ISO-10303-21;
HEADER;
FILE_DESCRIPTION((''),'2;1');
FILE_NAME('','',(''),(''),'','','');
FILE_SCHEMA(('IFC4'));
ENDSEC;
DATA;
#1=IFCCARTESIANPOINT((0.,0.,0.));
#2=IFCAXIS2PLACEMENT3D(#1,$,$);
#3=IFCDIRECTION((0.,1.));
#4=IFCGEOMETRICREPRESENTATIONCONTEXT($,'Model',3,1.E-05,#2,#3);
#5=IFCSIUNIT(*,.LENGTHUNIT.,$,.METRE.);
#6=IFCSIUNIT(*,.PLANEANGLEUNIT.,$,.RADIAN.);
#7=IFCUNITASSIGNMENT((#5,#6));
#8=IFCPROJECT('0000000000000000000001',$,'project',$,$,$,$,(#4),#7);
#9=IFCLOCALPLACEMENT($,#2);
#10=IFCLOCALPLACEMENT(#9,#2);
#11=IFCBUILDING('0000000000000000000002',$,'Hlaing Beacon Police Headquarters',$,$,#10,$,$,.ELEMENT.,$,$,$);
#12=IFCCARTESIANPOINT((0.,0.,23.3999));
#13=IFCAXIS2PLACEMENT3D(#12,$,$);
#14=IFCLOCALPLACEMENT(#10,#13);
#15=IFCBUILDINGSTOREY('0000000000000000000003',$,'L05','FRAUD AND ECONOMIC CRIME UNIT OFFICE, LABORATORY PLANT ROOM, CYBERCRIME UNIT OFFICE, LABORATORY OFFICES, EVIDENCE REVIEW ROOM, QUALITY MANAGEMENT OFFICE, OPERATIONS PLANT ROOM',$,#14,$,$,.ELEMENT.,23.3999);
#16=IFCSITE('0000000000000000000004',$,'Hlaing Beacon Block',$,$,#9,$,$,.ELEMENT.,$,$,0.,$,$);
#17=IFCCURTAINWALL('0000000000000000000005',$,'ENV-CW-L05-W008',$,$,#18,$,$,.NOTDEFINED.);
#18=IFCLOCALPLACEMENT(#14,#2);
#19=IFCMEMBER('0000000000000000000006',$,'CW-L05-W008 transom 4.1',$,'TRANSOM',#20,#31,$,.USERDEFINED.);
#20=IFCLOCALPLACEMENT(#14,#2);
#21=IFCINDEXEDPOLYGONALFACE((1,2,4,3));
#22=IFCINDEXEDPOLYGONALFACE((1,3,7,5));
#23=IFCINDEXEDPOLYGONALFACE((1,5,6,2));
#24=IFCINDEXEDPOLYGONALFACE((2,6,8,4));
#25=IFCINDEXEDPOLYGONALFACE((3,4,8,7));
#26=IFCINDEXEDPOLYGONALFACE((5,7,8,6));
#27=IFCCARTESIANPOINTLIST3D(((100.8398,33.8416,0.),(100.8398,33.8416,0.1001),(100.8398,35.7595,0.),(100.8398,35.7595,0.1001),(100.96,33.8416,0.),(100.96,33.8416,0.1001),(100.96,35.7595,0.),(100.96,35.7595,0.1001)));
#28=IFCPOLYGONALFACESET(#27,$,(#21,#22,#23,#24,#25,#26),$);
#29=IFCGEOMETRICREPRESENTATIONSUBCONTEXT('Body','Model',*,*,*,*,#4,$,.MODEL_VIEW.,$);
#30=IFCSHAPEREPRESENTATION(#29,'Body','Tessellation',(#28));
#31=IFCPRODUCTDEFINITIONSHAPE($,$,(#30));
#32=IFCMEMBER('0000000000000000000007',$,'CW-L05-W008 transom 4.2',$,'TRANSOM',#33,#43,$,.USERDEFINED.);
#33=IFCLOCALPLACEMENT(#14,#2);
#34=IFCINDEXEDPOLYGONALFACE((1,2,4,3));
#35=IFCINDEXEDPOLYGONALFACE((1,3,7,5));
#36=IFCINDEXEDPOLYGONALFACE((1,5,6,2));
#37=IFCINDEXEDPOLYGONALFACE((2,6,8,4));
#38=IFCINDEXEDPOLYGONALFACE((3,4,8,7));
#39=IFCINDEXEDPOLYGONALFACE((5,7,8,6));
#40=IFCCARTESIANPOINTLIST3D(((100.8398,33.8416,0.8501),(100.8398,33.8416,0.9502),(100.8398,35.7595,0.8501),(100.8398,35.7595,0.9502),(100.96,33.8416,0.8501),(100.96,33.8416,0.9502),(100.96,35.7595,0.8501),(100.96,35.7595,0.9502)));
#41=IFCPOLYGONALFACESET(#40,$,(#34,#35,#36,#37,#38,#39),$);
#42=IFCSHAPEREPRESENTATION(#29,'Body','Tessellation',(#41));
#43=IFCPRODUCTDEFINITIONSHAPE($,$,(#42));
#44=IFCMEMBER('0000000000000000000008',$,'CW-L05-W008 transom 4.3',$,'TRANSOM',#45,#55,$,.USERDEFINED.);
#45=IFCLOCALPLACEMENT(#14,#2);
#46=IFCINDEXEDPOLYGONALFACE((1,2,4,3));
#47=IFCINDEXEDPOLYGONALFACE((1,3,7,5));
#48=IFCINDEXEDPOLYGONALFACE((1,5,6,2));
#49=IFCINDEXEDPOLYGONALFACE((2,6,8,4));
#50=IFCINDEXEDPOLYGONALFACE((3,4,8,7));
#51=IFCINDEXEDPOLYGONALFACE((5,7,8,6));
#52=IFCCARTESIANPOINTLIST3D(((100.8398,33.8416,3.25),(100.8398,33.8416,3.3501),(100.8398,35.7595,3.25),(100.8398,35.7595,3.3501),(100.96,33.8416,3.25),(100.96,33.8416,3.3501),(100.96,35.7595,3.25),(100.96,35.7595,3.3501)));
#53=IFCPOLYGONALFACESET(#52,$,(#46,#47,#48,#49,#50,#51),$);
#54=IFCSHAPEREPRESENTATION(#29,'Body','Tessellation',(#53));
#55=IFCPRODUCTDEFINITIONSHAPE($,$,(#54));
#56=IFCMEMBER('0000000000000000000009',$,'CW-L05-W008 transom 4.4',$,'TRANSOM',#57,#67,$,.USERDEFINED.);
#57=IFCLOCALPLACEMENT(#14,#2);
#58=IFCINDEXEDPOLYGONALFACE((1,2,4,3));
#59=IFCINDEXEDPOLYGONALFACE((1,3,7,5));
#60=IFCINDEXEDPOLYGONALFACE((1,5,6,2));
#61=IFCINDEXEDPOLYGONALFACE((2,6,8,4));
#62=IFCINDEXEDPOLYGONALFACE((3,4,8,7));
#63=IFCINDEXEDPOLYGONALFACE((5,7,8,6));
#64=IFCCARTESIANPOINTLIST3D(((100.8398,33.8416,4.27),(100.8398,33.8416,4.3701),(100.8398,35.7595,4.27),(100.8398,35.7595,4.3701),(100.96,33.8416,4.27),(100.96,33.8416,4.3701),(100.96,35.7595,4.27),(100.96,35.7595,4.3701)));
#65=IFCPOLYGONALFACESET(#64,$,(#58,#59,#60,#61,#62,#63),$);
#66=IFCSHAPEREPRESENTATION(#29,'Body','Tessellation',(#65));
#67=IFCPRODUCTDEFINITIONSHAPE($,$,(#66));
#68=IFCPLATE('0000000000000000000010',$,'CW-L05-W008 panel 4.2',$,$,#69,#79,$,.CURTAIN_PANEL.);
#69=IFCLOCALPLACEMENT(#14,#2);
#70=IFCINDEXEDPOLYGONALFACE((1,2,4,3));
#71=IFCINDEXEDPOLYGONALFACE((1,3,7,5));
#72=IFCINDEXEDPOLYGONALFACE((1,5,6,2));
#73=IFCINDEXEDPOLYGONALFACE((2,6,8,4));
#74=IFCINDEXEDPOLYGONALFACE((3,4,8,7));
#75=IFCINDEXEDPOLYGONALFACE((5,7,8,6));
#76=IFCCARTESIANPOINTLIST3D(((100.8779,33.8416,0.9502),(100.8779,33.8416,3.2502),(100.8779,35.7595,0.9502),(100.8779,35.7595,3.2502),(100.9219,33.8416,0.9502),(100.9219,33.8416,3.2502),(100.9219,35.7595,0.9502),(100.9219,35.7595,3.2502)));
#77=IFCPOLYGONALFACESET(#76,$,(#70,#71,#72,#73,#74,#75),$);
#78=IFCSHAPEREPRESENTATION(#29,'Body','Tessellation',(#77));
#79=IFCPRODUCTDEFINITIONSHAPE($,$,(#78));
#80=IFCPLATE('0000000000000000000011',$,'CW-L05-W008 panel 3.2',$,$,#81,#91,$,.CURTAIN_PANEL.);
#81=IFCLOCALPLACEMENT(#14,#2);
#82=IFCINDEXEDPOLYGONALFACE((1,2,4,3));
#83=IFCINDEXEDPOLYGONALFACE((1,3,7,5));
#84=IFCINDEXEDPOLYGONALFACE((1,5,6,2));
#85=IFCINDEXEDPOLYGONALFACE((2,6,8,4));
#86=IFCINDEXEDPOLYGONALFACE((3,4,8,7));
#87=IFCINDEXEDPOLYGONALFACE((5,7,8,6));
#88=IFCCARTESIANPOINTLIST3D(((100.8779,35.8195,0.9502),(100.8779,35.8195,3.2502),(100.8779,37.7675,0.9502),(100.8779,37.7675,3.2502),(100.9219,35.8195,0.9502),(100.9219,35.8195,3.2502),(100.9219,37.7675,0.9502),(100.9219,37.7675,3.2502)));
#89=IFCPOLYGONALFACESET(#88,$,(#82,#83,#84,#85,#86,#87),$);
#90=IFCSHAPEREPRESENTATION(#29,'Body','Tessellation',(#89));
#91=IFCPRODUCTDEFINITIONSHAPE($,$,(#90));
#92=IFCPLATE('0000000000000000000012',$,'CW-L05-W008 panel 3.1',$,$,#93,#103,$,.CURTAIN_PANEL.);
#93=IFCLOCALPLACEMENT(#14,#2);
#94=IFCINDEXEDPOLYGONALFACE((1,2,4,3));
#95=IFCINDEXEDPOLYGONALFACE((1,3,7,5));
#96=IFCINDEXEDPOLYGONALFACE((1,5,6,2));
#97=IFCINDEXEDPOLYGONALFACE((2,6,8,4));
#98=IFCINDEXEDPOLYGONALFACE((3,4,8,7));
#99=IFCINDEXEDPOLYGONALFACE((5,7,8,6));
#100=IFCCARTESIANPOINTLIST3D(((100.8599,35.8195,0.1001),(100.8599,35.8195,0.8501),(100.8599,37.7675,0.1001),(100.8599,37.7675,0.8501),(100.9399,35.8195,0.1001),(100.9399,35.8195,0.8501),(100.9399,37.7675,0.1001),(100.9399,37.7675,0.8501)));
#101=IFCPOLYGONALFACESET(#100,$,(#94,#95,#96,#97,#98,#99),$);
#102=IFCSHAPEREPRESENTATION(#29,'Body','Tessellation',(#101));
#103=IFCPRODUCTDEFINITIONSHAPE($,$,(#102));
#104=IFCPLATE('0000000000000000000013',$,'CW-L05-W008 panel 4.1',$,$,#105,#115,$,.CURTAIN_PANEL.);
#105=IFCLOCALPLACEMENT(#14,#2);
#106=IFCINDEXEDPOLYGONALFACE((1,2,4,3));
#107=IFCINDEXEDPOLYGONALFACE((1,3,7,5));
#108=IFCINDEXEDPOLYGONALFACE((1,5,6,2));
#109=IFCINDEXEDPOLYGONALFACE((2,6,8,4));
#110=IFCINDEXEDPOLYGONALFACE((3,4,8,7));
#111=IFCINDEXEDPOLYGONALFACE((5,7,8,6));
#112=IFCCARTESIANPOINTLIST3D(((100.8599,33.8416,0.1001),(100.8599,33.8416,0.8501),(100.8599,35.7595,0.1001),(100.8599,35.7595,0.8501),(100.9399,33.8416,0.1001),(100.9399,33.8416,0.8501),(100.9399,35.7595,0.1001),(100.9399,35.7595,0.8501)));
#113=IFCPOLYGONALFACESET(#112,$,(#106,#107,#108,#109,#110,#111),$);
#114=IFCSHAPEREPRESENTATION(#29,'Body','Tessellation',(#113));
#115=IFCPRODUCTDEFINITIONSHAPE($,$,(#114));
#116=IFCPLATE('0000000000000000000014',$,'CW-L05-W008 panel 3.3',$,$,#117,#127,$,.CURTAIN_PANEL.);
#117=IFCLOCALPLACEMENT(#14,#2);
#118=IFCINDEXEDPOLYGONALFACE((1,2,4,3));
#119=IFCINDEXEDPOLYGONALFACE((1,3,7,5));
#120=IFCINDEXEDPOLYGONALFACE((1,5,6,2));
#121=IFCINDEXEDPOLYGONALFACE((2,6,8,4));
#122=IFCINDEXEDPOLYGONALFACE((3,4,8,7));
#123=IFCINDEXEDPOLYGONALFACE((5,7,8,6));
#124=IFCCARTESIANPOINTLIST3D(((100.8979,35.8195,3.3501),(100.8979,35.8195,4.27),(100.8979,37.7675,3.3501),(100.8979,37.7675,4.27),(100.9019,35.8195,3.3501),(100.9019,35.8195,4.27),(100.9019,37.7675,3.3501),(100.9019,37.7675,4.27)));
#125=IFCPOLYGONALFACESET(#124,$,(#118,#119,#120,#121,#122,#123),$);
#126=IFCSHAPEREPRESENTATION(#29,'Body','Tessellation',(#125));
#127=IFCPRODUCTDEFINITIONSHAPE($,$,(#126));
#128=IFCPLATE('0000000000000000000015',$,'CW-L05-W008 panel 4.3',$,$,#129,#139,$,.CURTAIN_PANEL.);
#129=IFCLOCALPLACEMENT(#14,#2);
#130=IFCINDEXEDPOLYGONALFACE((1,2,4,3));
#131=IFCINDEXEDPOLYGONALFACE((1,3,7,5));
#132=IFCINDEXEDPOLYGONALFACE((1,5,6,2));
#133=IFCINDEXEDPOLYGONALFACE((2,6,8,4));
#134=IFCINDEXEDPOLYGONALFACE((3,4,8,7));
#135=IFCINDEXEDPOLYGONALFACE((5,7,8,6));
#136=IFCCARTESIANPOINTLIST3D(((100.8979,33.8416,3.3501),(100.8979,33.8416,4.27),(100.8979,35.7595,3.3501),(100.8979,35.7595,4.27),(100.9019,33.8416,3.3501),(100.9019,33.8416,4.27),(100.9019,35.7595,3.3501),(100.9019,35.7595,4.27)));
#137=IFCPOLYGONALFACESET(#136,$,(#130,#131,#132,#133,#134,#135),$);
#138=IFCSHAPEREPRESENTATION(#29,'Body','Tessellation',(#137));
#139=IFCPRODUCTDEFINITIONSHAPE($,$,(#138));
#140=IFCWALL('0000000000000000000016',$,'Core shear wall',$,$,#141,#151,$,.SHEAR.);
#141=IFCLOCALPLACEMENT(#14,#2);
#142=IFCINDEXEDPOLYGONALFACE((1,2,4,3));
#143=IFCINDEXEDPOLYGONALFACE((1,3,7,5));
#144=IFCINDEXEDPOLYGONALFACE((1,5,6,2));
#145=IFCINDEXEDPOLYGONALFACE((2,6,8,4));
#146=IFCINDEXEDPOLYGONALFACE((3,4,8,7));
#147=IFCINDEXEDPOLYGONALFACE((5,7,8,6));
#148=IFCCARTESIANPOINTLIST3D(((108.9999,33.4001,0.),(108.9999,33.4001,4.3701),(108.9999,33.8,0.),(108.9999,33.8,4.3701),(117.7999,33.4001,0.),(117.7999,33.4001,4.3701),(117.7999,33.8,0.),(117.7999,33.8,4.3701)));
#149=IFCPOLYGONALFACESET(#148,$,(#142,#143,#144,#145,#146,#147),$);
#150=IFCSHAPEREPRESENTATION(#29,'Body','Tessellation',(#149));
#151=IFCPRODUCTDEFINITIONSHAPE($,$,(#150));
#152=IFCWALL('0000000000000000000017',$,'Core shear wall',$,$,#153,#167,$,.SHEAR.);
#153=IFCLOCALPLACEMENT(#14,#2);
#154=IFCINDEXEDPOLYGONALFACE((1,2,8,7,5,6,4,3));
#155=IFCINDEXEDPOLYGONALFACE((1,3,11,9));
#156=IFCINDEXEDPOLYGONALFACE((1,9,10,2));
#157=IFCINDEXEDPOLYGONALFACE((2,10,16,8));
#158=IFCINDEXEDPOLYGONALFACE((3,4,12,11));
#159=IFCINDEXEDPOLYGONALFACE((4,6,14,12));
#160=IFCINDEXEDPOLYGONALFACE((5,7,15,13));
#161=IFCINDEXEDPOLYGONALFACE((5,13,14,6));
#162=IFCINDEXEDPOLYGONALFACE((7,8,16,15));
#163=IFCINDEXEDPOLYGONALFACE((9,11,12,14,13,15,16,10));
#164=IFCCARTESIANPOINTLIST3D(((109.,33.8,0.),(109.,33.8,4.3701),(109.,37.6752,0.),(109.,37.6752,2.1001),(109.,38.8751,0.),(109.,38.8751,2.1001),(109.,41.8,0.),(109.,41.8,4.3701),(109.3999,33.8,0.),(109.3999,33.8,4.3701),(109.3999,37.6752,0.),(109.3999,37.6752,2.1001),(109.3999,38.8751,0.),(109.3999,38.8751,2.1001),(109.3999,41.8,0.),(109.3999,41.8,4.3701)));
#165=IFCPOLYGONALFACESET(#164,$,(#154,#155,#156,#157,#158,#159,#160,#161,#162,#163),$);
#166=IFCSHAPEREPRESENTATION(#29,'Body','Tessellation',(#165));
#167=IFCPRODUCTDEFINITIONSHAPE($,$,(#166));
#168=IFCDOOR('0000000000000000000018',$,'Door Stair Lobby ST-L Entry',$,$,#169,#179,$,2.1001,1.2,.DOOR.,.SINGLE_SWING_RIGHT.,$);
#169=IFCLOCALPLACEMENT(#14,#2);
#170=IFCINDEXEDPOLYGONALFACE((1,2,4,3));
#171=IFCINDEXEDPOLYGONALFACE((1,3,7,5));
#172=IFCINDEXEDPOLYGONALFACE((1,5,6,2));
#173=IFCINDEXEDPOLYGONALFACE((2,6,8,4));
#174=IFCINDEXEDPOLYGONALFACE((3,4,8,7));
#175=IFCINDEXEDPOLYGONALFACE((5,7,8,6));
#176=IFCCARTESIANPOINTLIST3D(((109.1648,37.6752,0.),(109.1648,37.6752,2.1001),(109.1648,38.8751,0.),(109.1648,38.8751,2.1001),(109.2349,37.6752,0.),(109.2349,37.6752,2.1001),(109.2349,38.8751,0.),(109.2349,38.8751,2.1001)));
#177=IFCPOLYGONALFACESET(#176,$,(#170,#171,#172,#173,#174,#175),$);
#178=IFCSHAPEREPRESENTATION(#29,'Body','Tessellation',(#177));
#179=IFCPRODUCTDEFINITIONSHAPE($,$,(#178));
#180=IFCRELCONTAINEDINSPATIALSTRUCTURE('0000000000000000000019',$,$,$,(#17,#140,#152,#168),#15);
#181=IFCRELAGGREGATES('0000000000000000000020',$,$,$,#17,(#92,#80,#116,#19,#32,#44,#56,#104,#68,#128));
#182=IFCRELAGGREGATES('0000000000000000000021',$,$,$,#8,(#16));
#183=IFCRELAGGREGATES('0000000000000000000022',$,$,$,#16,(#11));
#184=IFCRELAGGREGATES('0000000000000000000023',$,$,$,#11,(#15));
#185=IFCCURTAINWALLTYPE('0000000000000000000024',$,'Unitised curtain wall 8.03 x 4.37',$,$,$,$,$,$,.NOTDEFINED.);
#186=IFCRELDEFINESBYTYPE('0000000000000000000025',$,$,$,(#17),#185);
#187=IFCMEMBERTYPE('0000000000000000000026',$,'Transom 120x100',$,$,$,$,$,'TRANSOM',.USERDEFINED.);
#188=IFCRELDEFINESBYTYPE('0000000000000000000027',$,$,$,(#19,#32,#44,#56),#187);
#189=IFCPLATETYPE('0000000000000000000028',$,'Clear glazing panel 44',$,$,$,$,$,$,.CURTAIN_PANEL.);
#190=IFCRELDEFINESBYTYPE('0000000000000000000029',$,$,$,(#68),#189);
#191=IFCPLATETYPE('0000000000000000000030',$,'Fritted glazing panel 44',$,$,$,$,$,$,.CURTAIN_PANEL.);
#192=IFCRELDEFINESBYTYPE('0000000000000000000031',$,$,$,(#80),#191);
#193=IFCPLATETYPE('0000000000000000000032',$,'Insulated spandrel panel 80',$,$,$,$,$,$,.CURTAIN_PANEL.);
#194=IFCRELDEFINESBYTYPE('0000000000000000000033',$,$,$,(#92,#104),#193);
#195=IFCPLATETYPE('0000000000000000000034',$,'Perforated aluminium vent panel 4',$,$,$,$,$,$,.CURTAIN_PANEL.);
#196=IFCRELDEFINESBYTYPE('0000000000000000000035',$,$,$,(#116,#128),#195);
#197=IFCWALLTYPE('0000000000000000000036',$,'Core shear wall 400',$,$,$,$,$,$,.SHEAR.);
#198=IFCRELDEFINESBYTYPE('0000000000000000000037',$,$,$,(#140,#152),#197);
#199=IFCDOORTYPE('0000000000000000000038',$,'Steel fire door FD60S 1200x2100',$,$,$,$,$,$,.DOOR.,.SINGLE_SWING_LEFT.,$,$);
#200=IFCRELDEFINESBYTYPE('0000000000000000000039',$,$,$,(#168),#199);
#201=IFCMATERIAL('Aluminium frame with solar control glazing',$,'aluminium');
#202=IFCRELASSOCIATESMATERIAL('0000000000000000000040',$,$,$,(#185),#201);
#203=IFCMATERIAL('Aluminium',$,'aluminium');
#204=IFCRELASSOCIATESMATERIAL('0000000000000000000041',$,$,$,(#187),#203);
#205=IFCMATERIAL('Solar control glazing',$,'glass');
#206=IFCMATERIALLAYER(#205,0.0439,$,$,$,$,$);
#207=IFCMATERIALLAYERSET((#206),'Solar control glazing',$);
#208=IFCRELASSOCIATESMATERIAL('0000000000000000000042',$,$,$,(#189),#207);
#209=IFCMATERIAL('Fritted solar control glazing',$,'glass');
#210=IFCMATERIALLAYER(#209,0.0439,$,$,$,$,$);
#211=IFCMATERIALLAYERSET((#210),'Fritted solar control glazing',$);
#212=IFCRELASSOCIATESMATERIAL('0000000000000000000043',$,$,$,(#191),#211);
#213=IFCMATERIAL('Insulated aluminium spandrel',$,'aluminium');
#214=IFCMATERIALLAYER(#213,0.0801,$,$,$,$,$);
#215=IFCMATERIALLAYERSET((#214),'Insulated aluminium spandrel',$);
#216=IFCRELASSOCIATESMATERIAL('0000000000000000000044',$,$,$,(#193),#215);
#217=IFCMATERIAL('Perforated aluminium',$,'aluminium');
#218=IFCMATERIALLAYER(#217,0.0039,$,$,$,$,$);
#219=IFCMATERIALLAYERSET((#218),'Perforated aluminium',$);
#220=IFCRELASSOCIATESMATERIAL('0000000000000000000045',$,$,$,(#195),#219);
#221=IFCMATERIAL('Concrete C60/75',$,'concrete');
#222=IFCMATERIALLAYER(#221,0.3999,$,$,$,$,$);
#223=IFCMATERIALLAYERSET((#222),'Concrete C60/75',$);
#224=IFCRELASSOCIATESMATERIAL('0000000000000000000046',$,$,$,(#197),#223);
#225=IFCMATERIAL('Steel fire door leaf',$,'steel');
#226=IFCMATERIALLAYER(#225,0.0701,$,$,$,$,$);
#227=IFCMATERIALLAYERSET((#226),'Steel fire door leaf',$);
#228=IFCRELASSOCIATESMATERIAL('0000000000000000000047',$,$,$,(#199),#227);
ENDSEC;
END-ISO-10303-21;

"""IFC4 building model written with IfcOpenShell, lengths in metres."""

from ifc_helpers import new_model, si_unit, direction, frame, frame_2d, origin, origin_2d, place, context, subcontext, project, spatial, rectangle, extrude, material, layer, layer_set, material_profile, profile_set, type_object, element, fill, aggregate, save


model = new_model("IFC4")

# Units and contexts
model_context = context("Model", 3, precision=1e-05, world=origin(), true_north=direction((0.0, 1.0)))
body_context = subcontext(model_context, "Body", "Model", "MODEL_VIEW")
ifc_project = project(units=[si_unit("LENGTHUNIT", "METRE"), si_unit("PLANEANGLEUNIT", "RADIAN")], contexts=[model_context])

# Site, building, storey
site_placement = place(None, origin())
site = spatial("IfcSite", under=ifc_project, at=site_placement, Name="Hlaing Beacon Block", CompositionType="ELEMENT", RefElevation=0.0)
building_placement = place(site_placement, origin())
building = spatial("IfcBuilding", under=site, at=building_placement, Name="Hlaing Beacon Police Headquarters", CompositionType="ELEMENT")
storey_placement = place(building_placement, frame((0.0, 0.0, 23.3999)))
storey = spatial("IfcBuildingStorey", under=building, at=storey_placement, Name="L05", Description="FRAUD AND ECONOMIC CRIME UNIT OFFICE, LABORATORY PLANT ROOM, CYBERCRIME UNIT OFFICE, LABORATORY OFFICES, EVIDENCE REVIEW ROOM, QUALITY MANAGEMENT OFFICE, OPERATIONS PLANT ROOM", CompositionType="ELEMENT", Elevation=23.3999)

# Curtain wall, members, plates
ifc_material_1 = material(Name="Aluminium frame with solar control glazing", Category="aluminium")
curtain_wall_type = type_object("IfcCurtainWallType", Name="Unitised curtain wall 8.03 x 4.37", PredefinedType="NOTDEFINED", material=ifc_material_1)
curtain_wall_placement = place(storey_placement, origin())
curtain_wall = element("IfcCurtainWall", 1, at=curtain_wall_placement, inside=storey, type_object=curtain_wall_type, Name="ENV-CW-L05-W008", PredefinedType="NOTDEFINED")
ifc_material_2 = material(Name="Aluminium", Category="aluminium")
ifc_material_profile_1 = material_profile(ifc_material_2, rectangle(XDim=0.1201, YDim=0.1001, at=origin_2d()), Name="Transom 120x100")
ifc_profile_set_1 = profile_set([ifc_material_profile_1], Name="Aluminium")
member_type = type_object("IfcMemberType", Name="Transom 120x100", ElementType="TRANSOM", PredefinedType="USERDEFINED", material=ifc_profile_set_1)
member_1_placement = place(storey_placement, frame((100.8999, 35.7595, 0.05), z_axis=(0.0, -1.0, 0.0), x_axis=(1.0, 0.0, 0.0)))
member_1 = element("IfcMember", 2, at=member_1_placement, type_object=member_type, Name="CW-L05-W008 transom 4.1", ObjectType="TRANSOM", PredefinedType="USERDEFINED", context=body_context, shape_type="SweptSolid", body=[
    extrude(rectangle(XDim=0.1201, YDim=0.1001, at=origin_2d()), origin(), (0.0, 0.0, 1.0), 1.918),
])
member_2_placement = place(storey_placement, frame((100.8999, 35.7595, 0.9001), z_axis=(0.0, -1.0, 0.0), x_axis=(1.0, 0.0, 0.0)))
member_2 = element("IfcMember", 3, at=member_2_placement, type_object=member_type, Name="CW-L05-W008 transom 4.2", ObjectType="TRANSOM", PredefinedType="USERDEFINED", context=body_context, shape_type="SweptSolid", body=[
    extrude(rectangle(XDim=0.1201, YDim=0.1001, at=origin_2d()), origin(), (0.0, 0.0, 1.0), 1.918),
])
member_3_placement = place(storey_placement, frame((100.8999, 35.7595, 3.3), z_axis=(0.0, -1.0, 0.0), x_axis=(1.0, 0.0, 0.0)))
member_3 = element("IfcMember", 4, at=member_3_placement, type_object=member_type, Name="CW-L05-W008 transom 4.3", ObjectType="TRANSOM", PredefinedType="USERDEFINED", context=body_context, shape_type="SweptSolid", body=[
    extrude(rectangle(XDim=0.1201, YDim=0.1001, at=origin_2d()), origin(), (0.0, 0.0, 1.0), 1.918),
])
member_4_placement = place(storey_placement, frame((100.8999, 35.7595, 4.3201), z_axis=(0.0, -1.0, 0.0), x_axis=(1.0, 0.0, 0.0)))
member_4 = element("IfcMember", 5, at=member_4_placement, type_object=member_type, Name="CW-L05-W008 transom 4.4", ObjectType="TRANSOM", PredefinedType="USERDEFINED", context=body_context, shape_type="SweptSolid", body=[
    extrude(rectangle(XDim=0.1201, YDim=0.1001, at=origin_2d()), origin(), (0.0, 0.0, 1.0), 1.918),
])
ifc_material_3 = material(Name="Solar control glazing", Category="glass")
ifc_layer_1 = layer(ifc_material_3, 0.0439)
ifc_layer_set_1 = layer_set([ifc_layer_1], Name="Solar control glazing")
plate_type_1 = type_object("IfcPlateType", Name="Clear glazing panel 44", PredefinedType="CURTAIN_PANEL", material=ifc_layer_set_1)
plate_1_placement = place(storey_placement, frame((100.8999, 34.8005, 0.9502), z_axis=(0.0, 0.0, 1.0), x_axis=(0.0, -1.0, 0.0)))
plate_1 = element("IfcPlate", 6, at=plate_1_placement, type_object=plate_type_1, Name="CW-L05-W008 panel 4.2", PredefinedType="CURTAIN_PANEL", context=body_context, shape_type="SweptSolid", body=[
    extrude(rectangle(XDim=1.918, YDim=0.0439, at=origin_2d()), origin(), (0.0, 0.0, 1.0), 2.3),
])
ifc_material_4 = material(Name="Fritted solar control glazing", Category="glass")
ifc_layer_2 = layer(ifc_material_4, 0.0439)
ifc_layer_set_2 = layer_set([ifc_layer_2], Name="Fritted solar control glazing")
plate_type_2 = type_object("IfcPlateType", Name="Fritted glazing panel 44", PredefinedType="CURTAIN_PANEL", material=ifc_layer_set_2)
plate_2_placement = place(storey_placement, frame((100.8999, 36.7935, 0.9502), z_axis=(0.0, 0.0, 1.0), x_axis=(0.0, -1.0, 0.0)))
plate_2 = element("IfcPlate", 7, at=plate_2_placement, type_object=plate_type_2, Name="CW-L05-W008 panel 3.2", PredefinedType="CURTAIN_PANEL", context=body_context, shape_type="SweptSolid", body=[
    extrude(rectangle(XDim=1.948, YDim=0.0439, at=origin_2d()), origin(), (0.0, 0.0, 1.0), 2.3),
])
ifc_material_5 = material(Name="Insulated aluminium spandrel", Category="aluminium")
ifc_layer_3 = layer(ifc_material_5, 0.0801)
ifc_layer_set_3 = layer_set([ifc_layer_3], Name="Insulated aluminium spandrel")
plate_type_3 = type_object("IfcPlateType", Name="Insulated spandrel panel 80", PredefinedType="CURTAIN_PANEL", material=ifc_layer_set_3)
plate_3_placement = place(storey_placement, frame((100.8999, 36.7935, 0.1001), z_axis=(0.0, 0.0, 1.0), x_axis=(0.0, -1.0, 0.0)))
plate_3 = element("IfcPlate", 8, at=plate_3_placement, type_object=plate_type_3, Name="CW-L05-W008 panel 3.1", PredefinedType="CURTAIN_PANEL", context=body_context, shape_type="SweptSolid", body=[
    extrude(rectangle(XDim=1.948, YDim=0.0801, at=origin_2d()), origin(), (0.0, 0.0, 1.0), 0.75),
])
plate_4_placement = place(storey_placement, frame((100.8999, 34.8005, 0.1001), z_axis=(0.0, 0.0, 1.0), x_axis=(0.0, -1.0, 0.0)))
plate_4 = element("IfcPlate", 9, at=plate_4_placement, type_object=plate_type_3, Name="CW-L05-W008 panel 4.1", PredefinedType="CURTAIN_PANEL", context=body_context, shape_type="SweptSolid", body=[
    extrude(rectangle(XDim=1.918, YDim=0.0801, at=origin_2d()), origin(), (0.0, 0.0, 1.0), 0.75),
])
ifc_material_6 = material(Name="Perforated aluminium", Category="aluminium")
ifc_layer_4 = layer(ifc_material_6, 0.0039)
ifc_layer_set_4 = layer_set([ifc_layer_4], Name="Perforated aluminium")
plate_type_4 = type_object("IfcPlateType", Name="Perforated aluminium vent panel 4", PredefinedType="CURTAIN_PANEL", material=ifc_layer_set_4)
plate_5_placement = place(storey_placement, frame((100.8999, 36.7935, 3.3501), z_axis=(0.0, 0.0, 1.0), x_axis=(0.0, -1.0, 0.0)))
plate_5 = element("IfcPlate", 10, at=plate_5_placement, type_object=plate_type_4, Name="CW-L05-W008 panel 3.3", PredefinedType="CURTAIN_PANEL", context=body_context, shape_type="SweptSolid", body=[
    extrude(rectangle(XDim=1.948, YDim=0.0039, at=origin_2d()), origin(), (0.0, 0.0, 1.0), 0.9199),
])
plate_6_placement = place(storey_placement, frame((100.8999, 34.8005, 3.3501), z_axis=(0.0, 0.0, 1.0), x_axis=(0.0, -1.0, 0.0)))
plate_6 = element("IfcPlate", 11, at=plate_6_placement, type_object=plate_type_4, Name="CW-L05-W008 panel 4.3", PredefinedType="CURTAIN_PANEL", context=body_context, shape_type="SweptSolid", body=[
    extrude(rectangle(XDim=1.918, YDim=0.0039, at=origin_2d()), origin(), (0.0, 0.0, 1.0), 0.9199),
])
aggregate(curtain_wall, [plate_3, plate_2, plate_5, member_1, member_2, member_3, member_4, plate_4, plate_1, plate_6])

# Wall
ifc_material_7 = material(Name="Concrete C60/75", Category="concrete")
ifc_layer_5 = layer(ifc_material_7, 0.3999)
ifc_layer_set_5 = layer_set([ifc_layer_5], Name="Concrete C60/75")
wall_type_1 = type_object("IfcWallType", Name="Core shear wall 400", PredefinedType="SHEAR", material=ifc_layer_set_5)
wall_1_placement = place(storey_placement, frame((109.0, 33.6001, 0.0), z_axis=(0.0, 0.0, 1.0), x_axis=(1.0, 0.0, 0.0)))
element("IfcWall", 12, at=wall_1_placement, inside=storey, type_object=wall_type_1, Name="Core shear wall", PredefinedType="SHEAR", context=body_context, shape_type="SweptSolid", body=[
    extrude(rectangle(XDim=8.8, YDim=0.3999, at=frame_2d((4.3999, 0.0))), origin(), (0.0, 0.0, 1.0), 4.3701),
])

# Wall, opening, door
wall_2_placement = place(storey_placement, frame((109.2, 33.8, 0.0), z_axis=(0.0, 0.0, 1.0), x_axis=(0.0, 1.0, 0.0)))
wall_2 = element("IfcWall", 13, at=wall_2_placement, inside=storey, type_object=wall_type_1, Name="Core shear wall", PredefinedType="SHEAR", context=body_context, shape_type="SweptSolid", body=[
    extrude(rectangle(XDim=8.0, YDim=0.3999, at=frame_2d((4.0, 0.0))), origin(), (0.0, 0.0, 1.0), 4.3701),
])
opening_1_placement = place(wall_2_placement, frame((3.875, 0.0, 0.0)))
opening_1 = element("IfcOpeningElement", 14, at=opening_1_placement, cuts=wall_2, PredefinedType="OPENING", context=body_context, shape_type="SweptSolid", body=[
    extrude(rectangle(XDim=1.2, YDim=2.1001, at=frame_2d((0.6001, 1.05))), frame((0.0, 0.21, 0.0), z_axis=(0.0, -1.0, 0.0), x_axis=(1.0, 0.0, 0.0)), (0.0, 0.0, 1.0), 0.4199),
])
ifc_material_8 = material(Name="Steel fire door leaf", Category="steel")
ifc_layer_6 = layer(ifc_material_8, 0.0701)
ifc_layer_set_6 = layer_set([ifc_layer_6], Name="Steel fire door leaf")
door_type_1 = type_object("IfcDoorType", Name="Steel fire door FD60S 1200x2100", OperationType="SINGLE_SWING_LEFT", PredefinedType="DOOR", material=ifc_layer_set_6)
door_1_placement = place(opening_1_placement, frame((1.2, 0.0, 0.0), z_axis=(0.0, 0.0, 1.0), x_axis=(-1.0, 0.0, 0.0)))
door_1 = element("IfcDoor", 15, at=door_1_placement, inside=storey, type_object=door_type_1, Name="Door Stair Lobby ST-L Entry", OperationType="SINGLE_SWING_RIGHT", OverallHeight=2.1001, OverallWidth=1.2, PredefinedType="DOOR", context=body_context, shape_type="SweptSolid", body=[
    extrude(rectangle(XDim=1.2, YDim=2.1001, at=frame_2d((0.5999, 1.05))), frame((0.0, 0.0349, 0.0), z_axis=(0.0, -1.0, 0.0), x_axis=(1.0, 0.0, 0.0)), (0.0, 0.0, 1.0), 0.0701),
])
fill(opening_1, door_1)

save(model, "model.ifc")
